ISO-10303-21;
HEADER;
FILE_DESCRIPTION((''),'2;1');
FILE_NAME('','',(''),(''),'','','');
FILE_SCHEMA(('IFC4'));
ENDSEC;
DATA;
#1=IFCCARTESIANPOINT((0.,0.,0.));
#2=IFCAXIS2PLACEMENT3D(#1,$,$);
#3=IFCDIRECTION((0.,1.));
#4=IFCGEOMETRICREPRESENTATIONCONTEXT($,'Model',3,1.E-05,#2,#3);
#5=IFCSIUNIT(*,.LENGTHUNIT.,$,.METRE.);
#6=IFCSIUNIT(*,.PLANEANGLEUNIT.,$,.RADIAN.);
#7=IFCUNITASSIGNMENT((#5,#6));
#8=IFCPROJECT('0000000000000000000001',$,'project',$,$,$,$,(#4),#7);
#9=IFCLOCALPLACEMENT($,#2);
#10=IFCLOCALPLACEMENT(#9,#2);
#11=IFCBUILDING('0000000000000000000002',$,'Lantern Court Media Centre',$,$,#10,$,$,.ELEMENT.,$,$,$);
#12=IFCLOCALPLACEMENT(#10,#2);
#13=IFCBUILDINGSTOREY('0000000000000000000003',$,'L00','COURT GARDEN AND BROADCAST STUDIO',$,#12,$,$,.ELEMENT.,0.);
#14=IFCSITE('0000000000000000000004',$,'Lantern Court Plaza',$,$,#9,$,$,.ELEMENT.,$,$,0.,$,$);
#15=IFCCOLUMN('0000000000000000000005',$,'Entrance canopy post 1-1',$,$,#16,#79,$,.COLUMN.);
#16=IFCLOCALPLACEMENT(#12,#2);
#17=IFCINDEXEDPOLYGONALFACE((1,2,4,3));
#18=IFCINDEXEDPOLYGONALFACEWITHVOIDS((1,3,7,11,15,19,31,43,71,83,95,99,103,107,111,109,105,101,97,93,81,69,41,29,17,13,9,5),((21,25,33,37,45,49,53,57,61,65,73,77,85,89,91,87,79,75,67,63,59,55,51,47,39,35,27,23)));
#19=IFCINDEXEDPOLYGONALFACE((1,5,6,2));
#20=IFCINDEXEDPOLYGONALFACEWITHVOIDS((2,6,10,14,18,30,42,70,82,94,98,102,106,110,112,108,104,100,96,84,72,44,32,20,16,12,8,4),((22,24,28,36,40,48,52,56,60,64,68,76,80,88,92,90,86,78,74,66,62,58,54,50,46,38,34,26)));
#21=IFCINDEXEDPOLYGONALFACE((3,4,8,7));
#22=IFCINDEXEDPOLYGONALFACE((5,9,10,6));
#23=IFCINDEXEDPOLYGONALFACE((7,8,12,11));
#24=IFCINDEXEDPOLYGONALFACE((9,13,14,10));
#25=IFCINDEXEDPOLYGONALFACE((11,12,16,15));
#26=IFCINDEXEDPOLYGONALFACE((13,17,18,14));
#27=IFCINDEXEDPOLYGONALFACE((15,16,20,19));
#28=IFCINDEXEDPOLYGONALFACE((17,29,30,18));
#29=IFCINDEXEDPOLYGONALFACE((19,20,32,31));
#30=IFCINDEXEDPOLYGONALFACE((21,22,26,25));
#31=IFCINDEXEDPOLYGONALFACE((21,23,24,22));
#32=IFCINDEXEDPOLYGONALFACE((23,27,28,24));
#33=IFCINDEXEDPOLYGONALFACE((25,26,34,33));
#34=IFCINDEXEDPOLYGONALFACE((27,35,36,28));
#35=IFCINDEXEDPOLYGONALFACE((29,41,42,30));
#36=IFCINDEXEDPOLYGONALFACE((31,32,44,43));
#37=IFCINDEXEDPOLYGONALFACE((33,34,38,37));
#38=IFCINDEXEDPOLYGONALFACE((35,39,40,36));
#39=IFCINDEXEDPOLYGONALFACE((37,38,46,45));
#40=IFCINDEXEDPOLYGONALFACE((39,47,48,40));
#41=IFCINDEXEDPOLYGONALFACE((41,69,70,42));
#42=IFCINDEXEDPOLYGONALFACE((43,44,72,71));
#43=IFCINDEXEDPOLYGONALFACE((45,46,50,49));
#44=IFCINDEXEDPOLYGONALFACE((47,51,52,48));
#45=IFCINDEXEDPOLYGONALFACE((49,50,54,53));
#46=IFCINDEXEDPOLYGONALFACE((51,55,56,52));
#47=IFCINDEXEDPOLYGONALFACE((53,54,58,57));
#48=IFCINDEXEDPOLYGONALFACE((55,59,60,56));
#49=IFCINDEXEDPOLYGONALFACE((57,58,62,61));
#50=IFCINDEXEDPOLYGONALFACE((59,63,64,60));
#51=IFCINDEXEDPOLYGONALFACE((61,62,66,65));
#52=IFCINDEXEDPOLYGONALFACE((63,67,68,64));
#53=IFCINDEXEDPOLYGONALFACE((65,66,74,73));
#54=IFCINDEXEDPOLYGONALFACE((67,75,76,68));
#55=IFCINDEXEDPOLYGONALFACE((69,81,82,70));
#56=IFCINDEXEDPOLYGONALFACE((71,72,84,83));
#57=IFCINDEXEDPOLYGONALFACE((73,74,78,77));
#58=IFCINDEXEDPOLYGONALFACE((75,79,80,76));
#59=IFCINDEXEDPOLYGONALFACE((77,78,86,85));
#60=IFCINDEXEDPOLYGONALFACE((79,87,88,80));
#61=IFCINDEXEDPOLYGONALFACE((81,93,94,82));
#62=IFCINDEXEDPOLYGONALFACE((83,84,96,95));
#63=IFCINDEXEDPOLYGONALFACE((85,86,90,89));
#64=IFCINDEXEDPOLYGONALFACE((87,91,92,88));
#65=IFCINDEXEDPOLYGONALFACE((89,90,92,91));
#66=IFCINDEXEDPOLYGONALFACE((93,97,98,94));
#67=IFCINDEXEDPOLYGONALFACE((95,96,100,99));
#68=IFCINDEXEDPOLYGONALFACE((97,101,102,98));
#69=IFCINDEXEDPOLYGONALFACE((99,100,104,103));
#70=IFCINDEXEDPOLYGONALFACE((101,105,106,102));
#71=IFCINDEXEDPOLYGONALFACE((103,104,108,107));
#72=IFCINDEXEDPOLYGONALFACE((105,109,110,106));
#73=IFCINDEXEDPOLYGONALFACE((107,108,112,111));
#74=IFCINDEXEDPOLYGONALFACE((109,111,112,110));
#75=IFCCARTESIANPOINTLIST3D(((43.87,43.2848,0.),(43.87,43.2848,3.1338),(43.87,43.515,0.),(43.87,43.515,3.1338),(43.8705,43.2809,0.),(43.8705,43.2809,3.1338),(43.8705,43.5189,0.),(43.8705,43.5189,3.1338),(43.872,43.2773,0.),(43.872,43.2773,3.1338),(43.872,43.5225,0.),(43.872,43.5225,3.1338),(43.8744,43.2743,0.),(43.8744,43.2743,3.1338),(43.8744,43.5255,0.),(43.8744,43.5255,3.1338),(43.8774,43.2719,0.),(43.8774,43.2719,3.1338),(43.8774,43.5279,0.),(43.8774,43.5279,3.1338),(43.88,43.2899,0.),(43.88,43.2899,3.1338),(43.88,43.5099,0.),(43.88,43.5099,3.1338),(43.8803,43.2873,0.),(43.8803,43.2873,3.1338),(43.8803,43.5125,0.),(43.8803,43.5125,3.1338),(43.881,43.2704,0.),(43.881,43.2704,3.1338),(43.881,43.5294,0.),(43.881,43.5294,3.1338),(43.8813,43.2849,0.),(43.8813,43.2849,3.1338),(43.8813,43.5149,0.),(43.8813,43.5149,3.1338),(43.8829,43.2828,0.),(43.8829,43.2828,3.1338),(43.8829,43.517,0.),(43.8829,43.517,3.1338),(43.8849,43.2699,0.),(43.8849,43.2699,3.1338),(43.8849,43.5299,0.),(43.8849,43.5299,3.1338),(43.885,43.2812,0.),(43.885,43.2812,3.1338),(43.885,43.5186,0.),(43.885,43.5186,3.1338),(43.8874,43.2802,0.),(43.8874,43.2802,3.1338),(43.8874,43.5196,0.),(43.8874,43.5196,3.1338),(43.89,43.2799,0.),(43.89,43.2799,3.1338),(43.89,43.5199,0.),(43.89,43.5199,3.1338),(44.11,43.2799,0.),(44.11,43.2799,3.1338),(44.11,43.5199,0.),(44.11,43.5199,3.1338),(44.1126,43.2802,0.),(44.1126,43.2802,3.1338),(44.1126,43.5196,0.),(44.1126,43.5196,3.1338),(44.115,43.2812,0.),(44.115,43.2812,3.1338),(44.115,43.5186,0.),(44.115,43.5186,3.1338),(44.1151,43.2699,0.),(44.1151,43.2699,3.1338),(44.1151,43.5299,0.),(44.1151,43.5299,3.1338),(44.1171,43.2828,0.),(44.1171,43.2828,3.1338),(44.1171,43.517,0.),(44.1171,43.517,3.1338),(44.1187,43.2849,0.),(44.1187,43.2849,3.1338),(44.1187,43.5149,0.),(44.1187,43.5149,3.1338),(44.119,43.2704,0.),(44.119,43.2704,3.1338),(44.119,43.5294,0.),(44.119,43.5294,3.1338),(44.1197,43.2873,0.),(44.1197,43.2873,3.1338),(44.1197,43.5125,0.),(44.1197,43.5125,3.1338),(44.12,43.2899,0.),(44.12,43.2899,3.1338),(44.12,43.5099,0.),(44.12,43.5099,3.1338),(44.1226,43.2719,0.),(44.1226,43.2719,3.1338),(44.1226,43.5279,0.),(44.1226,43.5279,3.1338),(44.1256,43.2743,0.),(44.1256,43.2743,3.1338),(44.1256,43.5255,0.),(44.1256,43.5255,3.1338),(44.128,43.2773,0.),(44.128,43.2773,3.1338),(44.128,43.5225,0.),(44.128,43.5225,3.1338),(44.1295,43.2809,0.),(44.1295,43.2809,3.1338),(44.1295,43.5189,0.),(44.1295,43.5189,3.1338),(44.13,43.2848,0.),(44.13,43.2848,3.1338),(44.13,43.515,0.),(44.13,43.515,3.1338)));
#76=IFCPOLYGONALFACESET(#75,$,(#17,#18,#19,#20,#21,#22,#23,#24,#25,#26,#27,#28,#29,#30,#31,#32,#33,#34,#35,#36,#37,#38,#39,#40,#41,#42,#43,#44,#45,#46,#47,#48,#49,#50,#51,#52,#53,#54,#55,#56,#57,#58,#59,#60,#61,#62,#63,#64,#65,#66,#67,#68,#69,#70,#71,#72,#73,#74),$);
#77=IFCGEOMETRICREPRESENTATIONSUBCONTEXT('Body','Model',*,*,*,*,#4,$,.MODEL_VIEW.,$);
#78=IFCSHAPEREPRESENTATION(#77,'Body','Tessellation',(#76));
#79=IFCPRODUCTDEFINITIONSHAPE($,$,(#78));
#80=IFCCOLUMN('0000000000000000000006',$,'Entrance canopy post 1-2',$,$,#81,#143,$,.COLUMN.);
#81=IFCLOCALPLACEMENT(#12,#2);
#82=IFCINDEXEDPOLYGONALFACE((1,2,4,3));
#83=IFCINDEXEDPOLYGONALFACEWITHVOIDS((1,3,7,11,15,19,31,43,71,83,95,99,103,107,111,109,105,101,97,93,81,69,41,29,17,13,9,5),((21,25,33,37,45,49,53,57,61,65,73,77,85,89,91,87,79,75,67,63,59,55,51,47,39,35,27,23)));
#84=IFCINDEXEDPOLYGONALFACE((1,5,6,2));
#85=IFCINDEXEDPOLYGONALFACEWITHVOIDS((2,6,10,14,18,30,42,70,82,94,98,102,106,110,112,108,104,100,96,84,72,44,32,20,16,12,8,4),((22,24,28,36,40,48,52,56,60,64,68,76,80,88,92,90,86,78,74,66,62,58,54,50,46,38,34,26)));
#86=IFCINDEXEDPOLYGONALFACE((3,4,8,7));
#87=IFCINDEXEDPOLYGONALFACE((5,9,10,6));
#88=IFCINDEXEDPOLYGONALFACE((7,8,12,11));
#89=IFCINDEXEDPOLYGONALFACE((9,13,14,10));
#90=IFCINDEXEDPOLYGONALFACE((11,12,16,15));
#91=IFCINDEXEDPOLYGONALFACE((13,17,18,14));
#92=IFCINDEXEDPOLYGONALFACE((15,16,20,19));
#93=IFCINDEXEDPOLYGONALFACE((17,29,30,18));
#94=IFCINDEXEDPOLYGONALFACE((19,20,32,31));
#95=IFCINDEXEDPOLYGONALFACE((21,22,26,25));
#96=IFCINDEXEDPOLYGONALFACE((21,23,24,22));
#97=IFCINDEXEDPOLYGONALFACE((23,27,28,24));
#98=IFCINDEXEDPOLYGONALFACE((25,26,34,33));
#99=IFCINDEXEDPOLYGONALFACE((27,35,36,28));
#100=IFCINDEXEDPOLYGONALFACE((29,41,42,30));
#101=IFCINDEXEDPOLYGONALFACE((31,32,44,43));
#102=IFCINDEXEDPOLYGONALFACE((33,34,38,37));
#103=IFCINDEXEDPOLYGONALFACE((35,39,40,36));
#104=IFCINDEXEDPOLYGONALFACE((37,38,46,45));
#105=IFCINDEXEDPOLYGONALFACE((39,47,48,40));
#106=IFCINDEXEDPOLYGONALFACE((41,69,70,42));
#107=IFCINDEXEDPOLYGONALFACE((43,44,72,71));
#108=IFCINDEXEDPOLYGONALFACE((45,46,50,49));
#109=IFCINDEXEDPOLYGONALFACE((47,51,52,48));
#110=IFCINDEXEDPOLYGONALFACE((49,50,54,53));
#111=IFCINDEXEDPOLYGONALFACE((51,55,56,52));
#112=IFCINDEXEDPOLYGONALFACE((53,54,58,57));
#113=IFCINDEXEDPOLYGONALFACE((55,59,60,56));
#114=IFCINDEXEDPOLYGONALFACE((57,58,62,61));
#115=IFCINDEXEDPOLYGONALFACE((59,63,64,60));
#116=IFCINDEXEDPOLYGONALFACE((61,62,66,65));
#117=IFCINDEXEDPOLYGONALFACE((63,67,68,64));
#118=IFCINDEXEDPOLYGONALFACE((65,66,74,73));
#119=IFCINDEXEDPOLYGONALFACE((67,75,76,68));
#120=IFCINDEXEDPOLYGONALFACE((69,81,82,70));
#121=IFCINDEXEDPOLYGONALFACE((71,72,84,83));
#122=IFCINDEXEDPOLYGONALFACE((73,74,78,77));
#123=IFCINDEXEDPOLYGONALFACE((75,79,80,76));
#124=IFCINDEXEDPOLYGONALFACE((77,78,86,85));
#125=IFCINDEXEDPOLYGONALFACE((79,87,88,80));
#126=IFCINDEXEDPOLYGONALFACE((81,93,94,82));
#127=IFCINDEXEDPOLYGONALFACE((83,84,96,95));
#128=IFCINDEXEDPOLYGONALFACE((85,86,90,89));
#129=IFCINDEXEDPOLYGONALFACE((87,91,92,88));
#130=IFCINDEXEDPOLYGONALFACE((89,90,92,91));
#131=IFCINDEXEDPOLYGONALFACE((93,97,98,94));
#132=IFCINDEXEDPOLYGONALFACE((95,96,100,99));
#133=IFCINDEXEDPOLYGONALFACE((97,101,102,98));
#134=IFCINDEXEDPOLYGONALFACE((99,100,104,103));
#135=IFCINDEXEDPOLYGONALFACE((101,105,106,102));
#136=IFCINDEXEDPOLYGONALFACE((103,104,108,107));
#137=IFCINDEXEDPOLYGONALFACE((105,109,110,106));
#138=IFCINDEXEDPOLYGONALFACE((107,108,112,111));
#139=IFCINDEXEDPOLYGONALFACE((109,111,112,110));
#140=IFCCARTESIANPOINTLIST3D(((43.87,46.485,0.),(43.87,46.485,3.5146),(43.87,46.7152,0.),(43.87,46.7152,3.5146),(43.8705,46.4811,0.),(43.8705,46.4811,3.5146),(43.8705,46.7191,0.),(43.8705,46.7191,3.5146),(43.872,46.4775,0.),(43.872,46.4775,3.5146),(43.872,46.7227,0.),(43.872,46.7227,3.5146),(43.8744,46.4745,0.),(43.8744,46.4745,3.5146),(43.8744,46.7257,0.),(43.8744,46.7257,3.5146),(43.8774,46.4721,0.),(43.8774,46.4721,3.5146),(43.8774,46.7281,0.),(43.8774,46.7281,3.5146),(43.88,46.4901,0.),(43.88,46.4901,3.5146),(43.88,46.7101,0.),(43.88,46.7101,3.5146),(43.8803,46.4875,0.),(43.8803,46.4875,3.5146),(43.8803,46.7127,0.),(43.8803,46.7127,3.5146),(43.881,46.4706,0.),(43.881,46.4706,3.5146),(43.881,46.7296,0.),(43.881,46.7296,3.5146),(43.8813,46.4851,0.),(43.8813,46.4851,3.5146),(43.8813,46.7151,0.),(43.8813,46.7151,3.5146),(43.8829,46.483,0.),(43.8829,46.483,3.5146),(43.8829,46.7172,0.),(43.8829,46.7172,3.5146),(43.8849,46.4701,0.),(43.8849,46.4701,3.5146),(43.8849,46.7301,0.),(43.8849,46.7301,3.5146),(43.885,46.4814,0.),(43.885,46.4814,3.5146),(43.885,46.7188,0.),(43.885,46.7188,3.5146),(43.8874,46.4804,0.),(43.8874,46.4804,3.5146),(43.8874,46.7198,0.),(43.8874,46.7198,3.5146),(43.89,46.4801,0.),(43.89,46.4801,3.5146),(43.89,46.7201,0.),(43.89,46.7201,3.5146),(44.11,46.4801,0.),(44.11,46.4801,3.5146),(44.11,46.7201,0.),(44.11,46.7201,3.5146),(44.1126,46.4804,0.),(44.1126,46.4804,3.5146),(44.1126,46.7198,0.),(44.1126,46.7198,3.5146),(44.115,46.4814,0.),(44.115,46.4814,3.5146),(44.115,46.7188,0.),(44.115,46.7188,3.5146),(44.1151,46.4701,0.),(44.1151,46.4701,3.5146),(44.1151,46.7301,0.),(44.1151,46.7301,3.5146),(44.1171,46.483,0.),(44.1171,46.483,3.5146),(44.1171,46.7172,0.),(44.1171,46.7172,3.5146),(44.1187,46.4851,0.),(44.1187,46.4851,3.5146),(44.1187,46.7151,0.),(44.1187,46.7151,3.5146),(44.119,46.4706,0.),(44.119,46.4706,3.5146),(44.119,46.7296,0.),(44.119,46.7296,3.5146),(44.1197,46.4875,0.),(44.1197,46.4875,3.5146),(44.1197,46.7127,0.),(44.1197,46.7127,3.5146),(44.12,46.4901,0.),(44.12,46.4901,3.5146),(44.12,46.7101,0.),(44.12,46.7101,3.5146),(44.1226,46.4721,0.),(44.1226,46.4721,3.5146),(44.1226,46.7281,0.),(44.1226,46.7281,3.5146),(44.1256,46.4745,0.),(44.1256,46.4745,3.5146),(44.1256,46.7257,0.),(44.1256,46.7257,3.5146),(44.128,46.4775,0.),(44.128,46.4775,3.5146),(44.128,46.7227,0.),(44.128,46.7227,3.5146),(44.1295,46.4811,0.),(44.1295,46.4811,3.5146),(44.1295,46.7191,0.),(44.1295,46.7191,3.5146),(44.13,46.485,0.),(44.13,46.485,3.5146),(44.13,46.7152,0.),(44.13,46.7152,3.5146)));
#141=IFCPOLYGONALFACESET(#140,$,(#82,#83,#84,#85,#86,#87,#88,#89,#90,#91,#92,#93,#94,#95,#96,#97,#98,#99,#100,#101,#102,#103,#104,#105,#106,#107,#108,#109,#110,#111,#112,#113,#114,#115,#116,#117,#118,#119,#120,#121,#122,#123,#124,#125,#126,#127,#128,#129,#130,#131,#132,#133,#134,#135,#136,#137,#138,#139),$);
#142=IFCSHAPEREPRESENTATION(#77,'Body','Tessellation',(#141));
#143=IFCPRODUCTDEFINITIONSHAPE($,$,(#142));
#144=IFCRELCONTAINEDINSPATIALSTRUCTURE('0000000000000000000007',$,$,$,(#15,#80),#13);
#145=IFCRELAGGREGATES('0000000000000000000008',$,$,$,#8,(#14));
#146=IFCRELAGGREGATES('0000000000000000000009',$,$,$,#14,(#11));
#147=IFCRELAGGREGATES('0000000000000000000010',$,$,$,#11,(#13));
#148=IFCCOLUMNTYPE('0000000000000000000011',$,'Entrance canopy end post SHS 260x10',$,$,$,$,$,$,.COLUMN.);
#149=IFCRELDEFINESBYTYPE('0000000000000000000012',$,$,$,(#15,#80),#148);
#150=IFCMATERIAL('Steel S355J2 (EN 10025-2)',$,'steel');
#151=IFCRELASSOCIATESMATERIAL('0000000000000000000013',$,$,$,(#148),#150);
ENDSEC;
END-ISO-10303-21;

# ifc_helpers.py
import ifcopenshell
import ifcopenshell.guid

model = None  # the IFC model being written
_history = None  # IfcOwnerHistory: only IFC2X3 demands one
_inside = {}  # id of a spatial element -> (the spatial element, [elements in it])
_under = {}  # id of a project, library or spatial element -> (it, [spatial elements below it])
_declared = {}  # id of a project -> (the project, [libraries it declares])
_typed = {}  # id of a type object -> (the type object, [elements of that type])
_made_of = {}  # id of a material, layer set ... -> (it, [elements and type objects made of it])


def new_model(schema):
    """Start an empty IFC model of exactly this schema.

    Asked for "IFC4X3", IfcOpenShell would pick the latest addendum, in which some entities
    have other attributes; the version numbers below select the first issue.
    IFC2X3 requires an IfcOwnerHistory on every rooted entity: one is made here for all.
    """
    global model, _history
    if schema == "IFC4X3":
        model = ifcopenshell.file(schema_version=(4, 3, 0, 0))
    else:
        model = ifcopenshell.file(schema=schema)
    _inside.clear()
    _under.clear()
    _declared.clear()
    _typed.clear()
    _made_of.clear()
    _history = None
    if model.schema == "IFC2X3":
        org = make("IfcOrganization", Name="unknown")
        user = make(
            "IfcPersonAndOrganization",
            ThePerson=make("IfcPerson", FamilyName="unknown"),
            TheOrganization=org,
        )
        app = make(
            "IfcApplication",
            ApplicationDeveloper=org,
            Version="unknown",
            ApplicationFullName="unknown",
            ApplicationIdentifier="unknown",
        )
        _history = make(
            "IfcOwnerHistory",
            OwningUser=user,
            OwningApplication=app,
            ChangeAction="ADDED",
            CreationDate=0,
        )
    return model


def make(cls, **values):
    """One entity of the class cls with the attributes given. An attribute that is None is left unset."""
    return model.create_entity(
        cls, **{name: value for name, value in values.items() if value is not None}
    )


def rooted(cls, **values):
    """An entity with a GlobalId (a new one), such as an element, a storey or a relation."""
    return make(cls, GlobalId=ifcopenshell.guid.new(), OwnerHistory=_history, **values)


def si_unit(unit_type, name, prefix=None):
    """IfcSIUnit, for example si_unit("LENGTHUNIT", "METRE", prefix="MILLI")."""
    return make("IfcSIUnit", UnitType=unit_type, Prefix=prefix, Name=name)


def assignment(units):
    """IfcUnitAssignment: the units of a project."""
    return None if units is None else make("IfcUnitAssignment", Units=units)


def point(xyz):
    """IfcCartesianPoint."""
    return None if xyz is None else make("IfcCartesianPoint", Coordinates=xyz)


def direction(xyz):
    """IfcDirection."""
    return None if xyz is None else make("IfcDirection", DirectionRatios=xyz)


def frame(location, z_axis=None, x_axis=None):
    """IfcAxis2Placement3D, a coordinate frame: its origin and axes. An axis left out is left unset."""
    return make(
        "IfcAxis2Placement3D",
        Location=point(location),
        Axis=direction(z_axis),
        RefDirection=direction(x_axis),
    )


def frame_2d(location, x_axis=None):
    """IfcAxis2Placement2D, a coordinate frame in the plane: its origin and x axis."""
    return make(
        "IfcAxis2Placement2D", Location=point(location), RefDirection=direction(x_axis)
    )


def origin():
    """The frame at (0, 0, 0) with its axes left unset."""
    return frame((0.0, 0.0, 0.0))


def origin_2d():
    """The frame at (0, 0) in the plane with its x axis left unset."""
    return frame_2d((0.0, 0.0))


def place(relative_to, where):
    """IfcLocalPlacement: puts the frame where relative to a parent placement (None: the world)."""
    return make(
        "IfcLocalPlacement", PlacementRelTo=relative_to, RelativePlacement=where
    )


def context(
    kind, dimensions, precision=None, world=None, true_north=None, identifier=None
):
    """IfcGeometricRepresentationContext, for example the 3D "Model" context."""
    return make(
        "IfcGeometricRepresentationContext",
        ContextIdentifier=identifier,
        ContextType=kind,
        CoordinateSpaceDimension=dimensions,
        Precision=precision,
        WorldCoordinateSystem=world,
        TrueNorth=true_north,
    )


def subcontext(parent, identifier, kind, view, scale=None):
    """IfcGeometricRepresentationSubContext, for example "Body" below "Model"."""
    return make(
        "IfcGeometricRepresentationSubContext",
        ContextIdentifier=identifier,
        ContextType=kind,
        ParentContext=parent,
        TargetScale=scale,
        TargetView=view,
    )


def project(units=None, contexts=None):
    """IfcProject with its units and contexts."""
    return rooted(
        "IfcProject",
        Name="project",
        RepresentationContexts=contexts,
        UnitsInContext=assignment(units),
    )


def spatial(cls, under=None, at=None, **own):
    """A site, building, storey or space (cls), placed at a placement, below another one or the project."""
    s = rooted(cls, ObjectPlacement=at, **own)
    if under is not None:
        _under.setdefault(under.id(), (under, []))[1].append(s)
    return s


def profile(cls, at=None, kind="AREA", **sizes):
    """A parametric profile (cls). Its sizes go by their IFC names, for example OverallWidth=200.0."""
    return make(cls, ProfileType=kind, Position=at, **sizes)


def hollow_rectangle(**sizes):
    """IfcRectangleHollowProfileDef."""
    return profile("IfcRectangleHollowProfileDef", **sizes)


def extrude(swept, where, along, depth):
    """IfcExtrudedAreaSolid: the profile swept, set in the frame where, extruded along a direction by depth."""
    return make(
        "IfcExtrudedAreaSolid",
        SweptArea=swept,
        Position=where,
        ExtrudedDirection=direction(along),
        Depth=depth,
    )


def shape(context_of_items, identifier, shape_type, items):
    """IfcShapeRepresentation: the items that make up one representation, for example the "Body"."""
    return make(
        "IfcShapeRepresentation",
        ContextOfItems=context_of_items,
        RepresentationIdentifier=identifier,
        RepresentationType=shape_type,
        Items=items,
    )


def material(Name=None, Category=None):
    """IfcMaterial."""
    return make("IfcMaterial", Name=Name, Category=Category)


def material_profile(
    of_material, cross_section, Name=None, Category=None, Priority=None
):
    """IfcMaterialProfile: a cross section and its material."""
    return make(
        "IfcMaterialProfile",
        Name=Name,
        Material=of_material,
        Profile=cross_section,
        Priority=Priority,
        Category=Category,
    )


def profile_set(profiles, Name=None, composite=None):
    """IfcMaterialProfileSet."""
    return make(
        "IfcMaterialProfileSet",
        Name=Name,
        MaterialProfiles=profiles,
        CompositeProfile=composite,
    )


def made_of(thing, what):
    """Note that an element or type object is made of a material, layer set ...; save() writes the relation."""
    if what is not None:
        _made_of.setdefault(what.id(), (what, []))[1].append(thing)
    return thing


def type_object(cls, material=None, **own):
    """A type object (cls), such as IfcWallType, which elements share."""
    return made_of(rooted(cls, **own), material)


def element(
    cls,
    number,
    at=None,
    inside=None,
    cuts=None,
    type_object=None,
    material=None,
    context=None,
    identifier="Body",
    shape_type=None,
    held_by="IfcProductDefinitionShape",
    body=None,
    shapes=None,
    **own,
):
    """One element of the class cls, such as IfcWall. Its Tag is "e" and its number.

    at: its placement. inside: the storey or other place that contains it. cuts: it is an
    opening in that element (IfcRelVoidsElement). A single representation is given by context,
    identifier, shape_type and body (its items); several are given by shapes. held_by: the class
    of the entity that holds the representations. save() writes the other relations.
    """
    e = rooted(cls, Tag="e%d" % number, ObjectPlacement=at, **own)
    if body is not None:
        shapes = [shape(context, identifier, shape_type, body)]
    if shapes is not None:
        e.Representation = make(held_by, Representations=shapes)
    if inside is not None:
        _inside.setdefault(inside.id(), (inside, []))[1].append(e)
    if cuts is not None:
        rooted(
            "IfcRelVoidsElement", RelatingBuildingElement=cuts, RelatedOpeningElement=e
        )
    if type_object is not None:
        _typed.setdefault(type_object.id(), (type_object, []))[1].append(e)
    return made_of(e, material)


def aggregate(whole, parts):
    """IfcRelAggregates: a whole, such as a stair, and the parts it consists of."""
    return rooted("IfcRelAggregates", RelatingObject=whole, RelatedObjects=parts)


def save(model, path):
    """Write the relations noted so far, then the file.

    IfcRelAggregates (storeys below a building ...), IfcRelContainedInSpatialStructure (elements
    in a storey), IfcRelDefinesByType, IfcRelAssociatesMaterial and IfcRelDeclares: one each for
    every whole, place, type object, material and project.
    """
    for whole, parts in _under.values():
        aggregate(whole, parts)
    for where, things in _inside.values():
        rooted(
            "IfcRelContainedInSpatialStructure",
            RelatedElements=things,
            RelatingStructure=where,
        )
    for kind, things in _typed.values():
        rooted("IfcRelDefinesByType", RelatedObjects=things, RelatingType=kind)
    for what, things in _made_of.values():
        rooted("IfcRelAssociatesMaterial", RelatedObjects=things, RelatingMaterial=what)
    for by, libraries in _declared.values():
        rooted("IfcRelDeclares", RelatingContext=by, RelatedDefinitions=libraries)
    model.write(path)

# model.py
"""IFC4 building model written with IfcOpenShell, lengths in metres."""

from ifc_helpers import new_model, si_unit, direction, frame, origin, origin_2d, place, context, subcontext, project, spatial, hollow_rectangle, extrude, material, material_profile, profile_set, type_object, element, save


model = new_model("IFC4")

# Units and contexts
model_context = context("Model", 3, precision=1e-05, world=origin(), true_north=direction((0.0, 1.0)))
body_context = subcontext(model_context, "Body", "Model", "MODEL_VIEW")
ifc_project = project(units=[si_unit("LENGTHUNIT", "METRE"), si_unit("PLANEANGLEUNIT", "RADIAN")], contexts=[model_context])

# Site, building, storey
site_placement = place(None, origin())
site = spatial("IfcSite", under=ifc_project, at=site_placement, Name="Lantern Court Plaza", CompositionType="ELEMENT", RefElevation=0.0)
building_placement = place(site_placement, origin())
building = spatial("IfcBuilding", under=site, at=building_placement, Name="Lantern Court Media Centre", CompositionType="ELEMENT")
storey_placement = place(building_placement, origin())
storey = spatial("IfcBuildingStorey", under=building, at=storey_placement, Name="L00", Description="COURT GARDEN AND BROADCAST STUDIO", CompositionType="ELEMENT", Elevation=0.0)

# Columns
ifc_material_1 = material(Name="Steel S355J2 (EN 10025-2)", Category="steel")
ifc_material_profile_1 = material_profile(ifc_material_1, hollow_rectangle(XDim=0.26, YDim=0.26, WallThickness=0.01, InnerFilletRadius=0.01, OuterFilletRadius=0.0149, at=origin_2d()), Name="Entrance canopy end post SHS 260x10")
ifc_profile_set_1 = profile_set([ifc_material_profile_1], Name="Steel S355J2 (EN 10025-2)")
column_type_1 = type_object("IfcColumnType", Name="Entrance canopy end post SHS 260x10", PredefinedType="COLUMN", material=ifc_profile_set_1)
column_1_placement = place(storey_placement, frame((44.0, 43.3999, 0.0), z_axis=(0.0, 0.0, 1.0), x_axis=(1.0, 0.0, 0.0)))
element("IfcColumn", 1, at=column_1_placement, inside=storey, type_object=column_type_1, Name="Entrance canopy post 1-1", PredefinedType="COLUMN", context=body_context, shape_type="SweptSolid", body=[
    extrude(hollow_rectangle(XDim=0.26, YDim=0.26, WallThickness=0.01, InnerFilletRadius=0.01, OuterFilletRadius=0.0149, at=origin_2d()), origin(), (0.0, 0.0, 1.0), 3.1338),
])
column_2_placement = place(storey_placement, frame((44.0, 46.6001, 0.0), z_axis=(0.0, 0.0, 1.0), x_axis=(1.0, 0.0, 0.0)))
element("IfcColumn", 2, at=column_2_placement, inside=storey, type_object=column_type_1, Name="Entrance canopy post 1-2", PredefinedType="COLUMN", context=body_context, shape_type="SweptSolid", body=[
    extrude(hollow_rectangle(XDim=0.26, YDim=0.26, WallThickness=0.01, InnerFilletRadius=0.01, OuterFilletRadius=0.0149, at=origin_2d()), origin(), (0.0, 0.0, 1.0), 3.5146),
])

save(model, "model.ifc")
